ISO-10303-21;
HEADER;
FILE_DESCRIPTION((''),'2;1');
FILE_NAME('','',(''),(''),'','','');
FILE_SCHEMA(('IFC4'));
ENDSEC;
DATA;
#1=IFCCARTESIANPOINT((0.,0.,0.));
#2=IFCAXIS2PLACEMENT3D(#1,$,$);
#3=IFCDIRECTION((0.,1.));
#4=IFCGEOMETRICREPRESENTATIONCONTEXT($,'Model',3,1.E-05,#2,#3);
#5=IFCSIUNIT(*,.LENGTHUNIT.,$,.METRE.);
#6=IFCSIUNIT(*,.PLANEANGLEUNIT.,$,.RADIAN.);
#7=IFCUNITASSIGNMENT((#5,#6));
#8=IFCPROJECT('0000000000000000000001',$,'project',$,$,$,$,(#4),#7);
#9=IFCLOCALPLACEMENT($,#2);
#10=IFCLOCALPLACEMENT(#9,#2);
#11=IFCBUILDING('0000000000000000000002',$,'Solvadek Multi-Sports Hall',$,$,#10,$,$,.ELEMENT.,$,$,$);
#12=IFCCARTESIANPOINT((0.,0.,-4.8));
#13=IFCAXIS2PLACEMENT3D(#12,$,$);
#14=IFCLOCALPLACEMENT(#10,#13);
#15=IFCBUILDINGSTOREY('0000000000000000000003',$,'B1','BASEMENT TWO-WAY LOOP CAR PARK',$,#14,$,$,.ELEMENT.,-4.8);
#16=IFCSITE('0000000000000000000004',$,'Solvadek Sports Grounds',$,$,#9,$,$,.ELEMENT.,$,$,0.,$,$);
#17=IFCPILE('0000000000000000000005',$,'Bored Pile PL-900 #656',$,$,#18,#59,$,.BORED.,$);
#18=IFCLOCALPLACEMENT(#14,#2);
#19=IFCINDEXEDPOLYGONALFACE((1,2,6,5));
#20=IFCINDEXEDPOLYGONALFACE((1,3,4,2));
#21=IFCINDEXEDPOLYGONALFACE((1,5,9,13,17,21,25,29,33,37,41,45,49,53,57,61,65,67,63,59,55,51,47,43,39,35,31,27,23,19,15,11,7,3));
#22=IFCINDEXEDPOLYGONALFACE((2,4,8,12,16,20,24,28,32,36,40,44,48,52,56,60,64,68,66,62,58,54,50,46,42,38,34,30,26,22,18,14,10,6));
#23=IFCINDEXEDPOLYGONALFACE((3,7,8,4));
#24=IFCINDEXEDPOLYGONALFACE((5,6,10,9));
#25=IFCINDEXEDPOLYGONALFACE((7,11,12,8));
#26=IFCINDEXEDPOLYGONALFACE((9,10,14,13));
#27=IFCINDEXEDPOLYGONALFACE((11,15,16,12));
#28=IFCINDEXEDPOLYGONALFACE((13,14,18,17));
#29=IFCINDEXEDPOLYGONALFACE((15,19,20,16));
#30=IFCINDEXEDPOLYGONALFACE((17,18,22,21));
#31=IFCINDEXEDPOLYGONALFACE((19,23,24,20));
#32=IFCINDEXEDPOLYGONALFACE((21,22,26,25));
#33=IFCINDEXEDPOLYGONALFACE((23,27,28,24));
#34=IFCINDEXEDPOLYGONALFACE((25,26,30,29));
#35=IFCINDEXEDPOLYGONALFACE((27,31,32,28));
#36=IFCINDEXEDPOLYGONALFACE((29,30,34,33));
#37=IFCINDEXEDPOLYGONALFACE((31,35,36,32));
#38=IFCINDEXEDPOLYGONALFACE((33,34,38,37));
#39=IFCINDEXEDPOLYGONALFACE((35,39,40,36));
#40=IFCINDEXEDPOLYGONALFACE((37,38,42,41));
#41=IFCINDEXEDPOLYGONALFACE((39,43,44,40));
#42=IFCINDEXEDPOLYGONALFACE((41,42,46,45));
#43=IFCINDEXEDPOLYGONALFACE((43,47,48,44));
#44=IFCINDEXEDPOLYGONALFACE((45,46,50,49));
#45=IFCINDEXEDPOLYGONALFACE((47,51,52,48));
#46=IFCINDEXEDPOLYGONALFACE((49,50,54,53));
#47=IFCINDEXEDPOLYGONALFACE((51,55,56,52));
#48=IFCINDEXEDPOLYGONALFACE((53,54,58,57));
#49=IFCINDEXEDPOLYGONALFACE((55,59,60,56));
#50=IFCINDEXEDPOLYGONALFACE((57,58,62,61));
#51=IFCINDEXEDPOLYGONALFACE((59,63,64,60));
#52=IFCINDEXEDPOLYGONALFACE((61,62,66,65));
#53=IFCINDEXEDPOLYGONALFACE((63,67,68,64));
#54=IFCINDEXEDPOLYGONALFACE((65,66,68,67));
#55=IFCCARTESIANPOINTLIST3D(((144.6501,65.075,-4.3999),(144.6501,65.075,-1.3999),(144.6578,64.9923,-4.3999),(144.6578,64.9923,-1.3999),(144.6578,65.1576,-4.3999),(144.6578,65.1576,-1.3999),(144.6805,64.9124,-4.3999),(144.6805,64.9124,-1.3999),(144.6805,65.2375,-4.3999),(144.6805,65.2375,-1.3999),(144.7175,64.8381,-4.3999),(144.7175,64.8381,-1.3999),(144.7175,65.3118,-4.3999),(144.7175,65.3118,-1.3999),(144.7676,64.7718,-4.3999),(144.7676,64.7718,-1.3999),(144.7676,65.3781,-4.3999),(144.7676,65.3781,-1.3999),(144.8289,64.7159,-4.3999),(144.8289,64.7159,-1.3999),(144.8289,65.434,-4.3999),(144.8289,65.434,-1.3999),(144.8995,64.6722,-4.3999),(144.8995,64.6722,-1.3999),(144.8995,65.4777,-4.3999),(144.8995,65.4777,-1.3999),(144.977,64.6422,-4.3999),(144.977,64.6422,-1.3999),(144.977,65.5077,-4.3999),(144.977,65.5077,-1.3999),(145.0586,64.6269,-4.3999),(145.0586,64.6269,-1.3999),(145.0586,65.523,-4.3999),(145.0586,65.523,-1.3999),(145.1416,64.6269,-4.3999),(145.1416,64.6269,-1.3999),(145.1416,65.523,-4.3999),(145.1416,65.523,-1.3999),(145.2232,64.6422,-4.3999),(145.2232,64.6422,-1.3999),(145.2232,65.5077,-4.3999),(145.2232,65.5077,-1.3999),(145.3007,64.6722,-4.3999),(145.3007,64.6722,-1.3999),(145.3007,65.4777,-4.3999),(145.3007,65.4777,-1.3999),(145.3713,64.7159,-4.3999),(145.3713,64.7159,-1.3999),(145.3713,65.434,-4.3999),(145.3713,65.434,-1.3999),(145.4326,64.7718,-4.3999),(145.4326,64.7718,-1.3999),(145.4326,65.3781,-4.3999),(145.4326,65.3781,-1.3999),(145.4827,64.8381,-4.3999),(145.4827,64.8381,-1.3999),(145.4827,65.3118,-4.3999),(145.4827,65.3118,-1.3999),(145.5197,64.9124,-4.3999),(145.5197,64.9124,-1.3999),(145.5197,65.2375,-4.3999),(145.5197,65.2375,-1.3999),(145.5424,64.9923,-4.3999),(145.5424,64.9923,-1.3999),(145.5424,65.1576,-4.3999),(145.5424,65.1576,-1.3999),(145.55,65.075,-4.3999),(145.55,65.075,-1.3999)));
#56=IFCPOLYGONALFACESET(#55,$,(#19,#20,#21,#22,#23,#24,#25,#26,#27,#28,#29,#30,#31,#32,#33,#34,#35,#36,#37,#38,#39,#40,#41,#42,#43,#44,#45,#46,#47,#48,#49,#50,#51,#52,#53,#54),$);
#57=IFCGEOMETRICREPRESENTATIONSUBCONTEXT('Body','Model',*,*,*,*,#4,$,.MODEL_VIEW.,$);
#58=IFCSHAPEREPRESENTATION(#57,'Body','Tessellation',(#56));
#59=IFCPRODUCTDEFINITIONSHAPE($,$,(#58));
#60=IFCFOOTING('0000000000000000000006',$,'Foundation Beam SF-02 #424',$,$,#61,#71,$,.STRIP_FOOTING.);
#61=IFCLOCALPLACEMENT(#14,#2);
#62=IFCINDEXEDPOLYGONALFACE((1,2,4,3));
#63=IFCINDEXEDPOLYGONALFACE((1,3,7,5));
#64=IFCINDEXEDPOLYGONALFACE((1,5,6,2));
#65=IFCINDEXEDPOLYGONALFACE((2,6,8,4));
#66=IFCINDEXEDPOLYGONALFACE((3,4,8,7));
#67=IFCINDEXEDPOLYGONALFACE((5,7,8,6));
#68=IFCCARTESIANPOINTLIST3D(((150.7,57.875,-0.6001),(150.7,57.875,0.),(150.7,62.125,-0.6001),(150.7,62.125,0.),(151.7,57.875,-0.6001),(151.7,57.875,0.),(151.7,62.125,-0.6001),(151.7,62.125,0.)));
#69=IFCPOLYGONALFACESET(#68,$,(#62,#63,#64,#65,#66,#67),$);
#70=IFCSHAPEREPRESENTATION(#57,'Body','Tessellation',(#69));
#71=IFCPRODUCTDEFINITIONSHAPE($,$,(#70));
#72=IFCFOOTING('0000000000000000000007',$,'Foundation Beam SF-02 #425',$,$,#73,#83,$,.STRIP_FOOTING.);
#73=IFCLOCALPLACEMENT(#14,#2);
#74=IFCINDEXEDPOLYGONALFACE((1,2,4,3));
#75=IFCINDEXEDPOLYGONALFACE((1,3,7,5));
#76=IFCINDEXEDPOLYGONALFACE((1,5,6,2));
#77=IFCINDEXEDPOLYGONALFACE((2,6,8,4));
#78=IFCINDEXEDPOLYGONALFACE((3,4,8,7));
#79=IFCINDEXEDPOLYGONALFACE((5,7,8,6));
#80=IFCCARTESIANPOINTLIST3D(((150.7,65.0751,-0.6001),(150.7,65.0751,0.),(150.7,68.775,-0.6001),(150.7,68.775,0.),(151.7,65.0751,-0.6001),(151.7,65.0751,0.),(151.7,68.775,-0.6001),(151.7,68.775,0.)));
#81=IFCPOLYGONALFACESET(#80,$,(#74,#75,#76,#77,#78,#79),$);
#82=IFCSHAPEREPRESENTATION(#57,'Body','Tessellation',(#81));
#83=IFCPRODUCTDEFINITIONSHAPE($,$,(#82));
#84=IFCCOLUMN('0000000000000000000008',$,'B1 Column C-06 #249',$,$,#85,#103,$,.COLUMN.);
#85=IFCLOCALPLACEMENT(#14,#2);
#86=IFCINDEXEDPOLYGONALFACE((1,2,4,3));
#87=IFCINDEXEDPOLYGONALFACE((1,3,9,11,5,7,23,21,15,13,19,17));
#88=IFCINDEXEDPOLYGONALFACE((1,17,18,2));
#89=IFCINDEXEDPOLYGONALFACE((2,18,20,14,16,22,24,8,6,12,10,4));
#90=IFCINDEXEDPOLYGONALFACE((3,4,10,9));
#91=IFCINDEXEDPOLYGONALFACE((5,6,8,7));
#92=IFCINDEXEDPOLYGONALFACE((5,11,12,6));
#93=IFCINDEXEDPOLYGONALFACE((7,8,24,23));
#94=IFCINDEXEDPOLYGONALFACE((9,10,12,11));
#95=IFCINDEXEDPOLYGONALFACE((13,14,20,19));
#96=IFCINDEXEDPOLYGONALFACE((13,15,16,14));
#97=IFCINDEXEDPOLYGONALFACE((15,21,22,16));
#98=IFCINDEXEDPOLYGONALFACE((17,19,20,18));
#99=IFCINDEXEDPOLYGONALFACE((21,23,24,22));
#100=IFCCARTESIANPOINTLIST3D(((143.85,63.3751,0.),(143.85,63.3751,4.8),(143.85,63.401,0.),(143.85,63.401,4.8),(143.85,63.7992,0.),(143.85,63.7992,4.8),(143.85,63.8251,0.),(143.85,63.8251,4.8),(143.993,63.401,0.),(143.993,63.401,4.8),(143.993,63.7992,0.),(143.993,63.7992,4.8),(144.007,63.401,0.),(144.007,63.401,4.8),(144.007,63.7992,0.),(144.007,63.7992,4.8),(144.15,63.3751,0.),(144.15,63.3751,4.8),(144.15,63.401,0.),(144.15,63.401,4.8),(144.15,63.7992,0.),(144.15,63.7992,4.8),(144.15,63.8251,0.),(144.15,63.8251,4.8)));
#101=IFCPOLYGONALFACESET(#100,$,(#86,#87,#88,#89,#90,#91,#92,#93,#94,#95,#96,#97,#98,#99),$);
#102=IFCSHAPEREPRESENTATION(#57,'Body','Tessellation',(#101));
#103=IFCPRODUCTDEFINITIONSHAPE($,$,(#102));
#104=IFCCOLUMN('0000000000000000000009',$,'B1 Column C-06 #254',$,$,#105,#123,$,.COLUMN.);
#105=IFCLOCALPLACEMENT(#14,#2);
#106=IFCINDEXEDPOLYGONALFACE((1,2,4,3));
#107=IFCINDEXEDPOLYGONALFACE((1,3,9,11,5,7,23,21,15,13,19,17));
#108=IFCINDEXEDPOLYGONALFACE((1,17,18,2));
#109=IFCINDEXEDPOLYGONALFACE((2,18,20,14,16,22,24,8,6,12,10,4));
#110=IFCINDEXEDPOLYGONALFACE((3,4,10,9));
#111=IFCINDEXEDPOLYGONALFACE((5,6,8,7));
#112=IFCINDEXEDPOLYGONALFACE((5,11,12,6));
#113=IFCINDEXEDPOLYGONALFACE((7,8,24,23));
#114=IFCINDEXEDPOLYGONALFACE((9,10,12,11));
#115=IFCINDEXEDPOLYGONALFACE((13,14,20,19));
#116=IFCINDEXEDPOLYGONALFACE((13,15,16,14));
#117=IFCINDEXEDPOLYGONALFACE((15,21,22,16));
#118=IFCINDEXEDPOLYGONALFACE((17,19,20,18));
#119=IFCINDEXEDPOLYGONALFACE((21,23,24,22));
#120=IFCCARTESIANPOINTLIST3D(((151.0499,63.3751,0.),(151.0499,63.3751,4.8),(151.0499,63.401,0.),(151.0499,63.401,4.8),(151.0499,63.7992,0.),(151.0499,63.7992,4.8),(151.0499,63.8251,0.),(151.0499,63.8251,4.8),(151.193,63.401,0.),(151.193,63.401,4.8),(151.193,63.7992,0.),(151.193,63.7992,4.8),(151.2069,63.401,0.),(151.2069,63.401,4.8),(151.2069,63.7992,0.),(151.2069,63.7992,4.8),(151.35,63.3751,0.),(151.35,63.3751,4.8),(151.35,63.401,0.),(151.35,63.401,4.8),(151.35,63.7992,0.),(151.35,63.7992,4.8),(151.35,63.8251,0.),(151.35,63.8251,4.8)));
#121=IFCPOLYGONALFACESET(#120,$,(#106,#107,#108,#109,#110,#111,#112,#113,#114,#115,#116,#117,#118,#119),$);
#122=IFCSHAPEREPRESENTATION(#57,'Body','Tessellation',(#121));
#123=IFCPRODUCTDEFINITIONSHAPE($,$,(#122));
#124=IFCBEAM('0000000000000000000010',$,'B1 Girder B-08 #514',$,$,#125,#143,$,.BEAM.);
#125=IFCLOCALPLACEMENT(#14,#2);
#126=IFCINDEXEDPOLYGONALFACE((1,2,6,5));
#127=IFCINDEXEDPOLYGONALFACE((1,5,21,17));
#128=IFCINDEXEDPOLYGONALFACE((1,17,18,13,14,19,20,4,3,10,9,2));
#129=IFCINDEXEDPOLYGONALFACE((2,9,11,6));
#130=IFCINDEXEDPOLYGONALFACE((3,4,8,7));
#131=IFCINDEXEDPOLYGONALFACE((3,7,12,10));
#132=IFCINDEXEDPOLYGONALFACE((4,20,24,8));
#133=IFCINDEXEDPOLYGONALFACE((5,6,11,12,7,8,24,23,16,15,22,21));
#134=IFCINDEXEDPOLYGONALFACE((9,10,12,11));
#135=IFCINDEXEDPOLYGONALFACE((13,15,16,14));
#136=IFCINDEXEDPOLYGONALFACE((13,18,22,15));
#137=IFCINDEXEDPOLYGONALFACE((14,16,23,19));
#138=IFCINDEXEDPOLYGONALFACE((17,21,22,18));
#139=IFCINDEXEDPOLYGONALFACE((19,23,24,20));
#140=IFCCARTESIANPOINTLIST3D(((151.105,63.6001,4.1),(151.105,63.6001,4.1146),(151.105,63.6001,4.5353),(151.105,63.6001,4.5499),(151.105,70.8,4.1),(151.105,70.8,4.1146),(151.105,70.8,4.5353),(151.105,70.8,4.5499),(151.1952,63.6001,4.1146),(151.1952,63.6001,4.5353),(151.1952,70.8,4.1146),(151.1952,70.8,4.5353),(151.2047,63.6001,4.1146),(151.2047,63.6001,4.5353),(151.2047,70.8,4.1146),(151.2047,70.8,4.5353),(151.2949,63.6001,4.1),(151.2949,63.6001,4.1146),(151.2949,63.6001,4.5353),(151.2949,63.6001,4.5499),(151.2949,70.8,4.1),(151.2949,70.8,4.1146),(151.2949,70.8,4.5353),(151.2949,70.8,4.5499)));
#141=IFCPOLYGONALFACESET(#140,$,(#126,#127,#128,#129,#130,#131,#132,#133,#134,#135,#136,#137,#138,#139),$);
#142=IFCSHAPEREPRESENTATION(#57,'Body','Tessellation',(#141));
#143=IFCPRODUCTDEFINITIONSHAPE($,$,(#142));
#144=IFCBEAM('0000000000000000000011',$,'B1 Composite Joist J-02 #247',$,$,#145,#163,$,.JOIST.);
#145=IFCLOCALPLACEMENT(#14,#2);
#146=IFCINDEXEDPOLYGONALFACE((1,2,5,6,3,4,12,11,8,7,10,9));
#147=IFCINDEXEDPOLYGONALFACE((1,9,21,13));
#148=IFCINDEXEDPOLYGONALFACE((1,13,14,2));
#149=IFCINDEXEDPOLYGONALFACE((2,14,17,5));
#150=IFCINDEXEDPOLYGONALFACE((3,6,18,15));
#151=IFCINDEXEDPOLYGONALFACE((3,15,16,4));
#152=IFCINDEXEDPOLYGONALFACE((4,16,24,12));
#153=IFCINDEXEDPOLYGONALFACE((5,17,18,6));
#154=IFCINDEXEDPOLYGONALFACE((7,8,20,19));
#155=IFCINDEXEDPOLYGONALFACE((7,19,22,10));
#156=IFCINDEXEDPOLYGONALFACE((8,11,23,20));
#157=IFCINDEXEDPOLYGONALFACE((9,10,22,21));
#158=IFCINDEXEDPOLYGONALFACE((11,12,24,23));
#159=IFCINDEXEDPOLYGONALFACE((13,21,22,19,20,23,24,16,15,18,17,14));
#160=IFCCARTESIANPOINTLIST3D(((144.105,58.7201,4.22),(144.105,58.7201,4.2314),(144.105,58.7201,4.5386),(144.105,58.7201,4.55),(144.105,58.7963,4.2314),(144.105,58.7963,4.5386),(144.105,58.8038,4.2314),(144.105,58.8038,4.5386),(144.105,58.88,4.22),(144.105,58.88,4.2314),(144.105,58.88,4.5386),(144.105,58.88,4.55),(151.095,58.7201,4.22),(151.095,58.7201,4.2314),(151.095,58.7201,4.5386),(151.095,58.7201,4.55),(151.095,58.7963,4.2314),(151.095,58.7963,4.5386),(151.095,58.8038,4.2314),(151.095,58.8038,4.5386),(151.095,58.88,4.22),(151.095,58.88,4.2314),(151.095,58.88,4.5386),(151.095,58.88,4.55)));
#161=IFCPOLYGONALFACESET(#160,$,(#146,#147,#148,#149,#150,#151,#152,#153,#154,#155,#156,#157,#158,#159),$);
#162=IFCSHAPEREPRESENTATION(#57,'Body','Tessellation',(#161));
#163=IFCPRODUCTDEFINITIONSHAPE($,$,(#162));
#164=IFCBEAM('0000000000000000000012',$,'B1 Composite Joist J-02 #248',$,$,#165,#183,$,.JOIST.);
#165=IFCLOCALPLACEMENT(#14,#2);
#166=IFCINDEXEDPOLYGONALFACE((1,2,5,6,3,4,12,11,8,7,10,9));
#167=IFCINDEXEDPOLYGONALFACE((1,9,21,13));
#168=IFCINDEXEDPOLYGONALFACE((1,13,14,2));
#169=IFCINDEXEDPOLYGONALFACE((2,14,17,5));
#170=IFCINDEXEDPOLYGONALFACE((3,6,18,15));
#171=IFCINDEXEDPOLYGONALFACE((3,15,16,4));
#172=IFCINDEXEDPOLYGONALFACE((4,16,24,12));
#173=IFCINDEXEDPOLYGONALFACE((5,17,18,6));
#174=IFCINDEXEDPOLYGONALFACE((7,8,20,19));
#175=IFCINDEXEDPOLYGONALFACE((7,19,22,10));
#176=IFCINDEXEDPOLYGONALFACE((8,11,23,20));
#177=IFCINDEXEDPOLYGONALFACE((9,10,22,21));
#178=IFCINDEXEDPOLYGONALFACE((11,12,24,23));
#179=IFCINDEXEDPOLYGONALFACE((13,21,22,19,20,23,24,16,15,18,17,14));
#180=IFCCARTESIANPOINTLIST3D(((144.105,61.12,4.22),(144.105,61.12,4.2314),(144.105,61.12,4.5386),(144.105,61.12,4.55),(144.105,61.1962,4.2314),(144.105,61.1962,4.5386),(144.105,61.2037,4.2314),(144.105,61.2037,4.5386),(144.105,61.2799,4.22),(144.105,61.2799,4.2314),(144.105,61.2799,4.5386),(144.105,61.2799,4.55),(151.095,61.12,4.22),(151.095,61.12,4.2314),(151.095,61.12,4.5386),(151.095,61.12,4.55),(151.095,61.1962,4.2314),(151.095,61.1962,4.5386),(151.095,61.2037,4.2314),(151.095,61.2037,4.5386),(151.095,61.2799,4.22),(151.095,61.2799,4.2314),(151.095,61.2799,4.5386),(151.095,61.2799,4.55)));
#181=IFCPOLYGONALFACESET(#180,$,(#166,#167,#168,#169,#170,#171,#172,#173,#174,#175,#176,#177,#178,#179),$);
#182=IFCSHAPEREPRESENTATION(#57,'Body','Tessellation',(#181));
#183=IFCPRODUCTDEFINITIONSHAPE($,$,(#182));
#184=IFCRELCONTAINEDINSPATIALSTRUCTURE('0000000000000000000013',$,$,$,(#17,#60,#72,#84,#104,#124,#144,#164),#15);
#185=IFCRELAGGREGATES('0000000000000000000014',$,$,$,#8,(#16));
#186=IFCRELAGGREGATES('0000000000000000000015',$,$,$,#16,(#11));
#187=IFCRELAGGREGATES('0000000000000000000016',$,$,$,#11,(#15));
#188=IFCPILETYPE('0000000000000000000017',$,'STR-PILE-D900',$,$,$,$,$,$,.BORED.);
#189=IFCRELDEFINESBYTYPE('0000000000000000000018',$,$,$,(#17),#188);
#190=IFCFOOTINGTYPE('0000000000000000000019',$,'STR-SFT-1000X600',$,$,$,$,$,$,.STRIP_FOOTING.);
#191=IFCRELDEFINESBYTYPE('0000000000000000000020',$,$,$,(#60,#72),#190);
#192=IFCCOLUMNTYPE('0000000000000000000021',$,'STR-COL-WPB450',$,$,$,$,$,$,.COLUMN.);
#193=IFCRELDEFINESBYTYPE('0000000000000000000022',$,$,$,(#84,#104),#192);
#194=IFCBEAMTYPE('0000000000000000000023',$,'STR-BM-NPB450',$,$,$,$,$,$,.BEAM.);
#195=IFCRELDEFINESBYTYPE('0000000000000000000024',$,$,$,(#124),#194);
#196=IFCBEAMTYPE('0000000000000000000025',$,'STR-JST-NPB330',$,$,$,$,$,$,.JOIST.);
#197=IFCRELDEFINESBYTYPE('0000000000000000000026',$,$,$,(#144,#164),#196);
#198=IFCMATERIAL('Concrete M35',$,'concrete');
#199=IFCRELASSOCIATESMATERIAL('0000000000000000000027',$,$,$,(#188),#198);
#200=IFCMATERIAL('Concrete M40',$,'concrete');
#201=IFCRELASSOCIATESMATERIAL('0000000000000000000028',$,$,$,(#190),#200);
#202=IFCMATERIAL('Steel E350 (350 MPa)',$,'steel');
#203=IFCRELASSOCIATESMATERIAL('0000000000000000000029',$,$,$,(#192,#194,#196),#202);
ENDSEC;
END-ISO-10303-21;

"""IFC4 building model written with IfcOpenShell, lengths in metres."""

from ifc_helpers import new_model, si_unit, direction, frame, origin, origin_2d, place, context, subcontext, project, spatial, rectangle, circle, i_section, extrude, material, material_profile, profile_set, type_object, element, save


model = new_model("IFC4")

# Units and contexts
model_context = context("Model", 3, precision=1e-05, world=origin(), true_north=direction((0.0, 1.0)))
body_context = subcontext(model_context, "Body", "Model", "MODEL_VIEW")
ifc_project = project(units=[si_unit("LENGTHUNIT", "METRE"), si_unit("PLANEANGLEUNIT", "RADIAN")], contexts=[model_context])

# Site, building, storey
site_placement = place(None, origin())
site = spatial("IfcSite", under=ifc_project, at=site_placement, Name="Solvadek Sports Grounds", CompositionType="ELEMENT", RefElevation=0.0)
building_placement = place(site_placement, origin())
building = spatial("IfcBuilding", under=site, at=building_placement, Name="Solvadek Multi-Sports Hall", CompositionType="ELEMENT")
storey_placement = place(building_placement, frame((0.0, 0.0, -4.8)))
storey = spatial("IfcBuildingStorey", under=building, at=storey_placement, Name="B1", Description="BASEMENT TWO-WAY LOOP CAR PARK", CompositionType="ELEMENT", Elevation=-4.8)

# Shared definitions
ifc_material_1 = material(Name="Concrete M40", Category="concrete")

# Pile
ifc_material_2 = material(Name="Concrete M35", Category="concrete")
ifc_material_profile_1 = material_profile(ifc_material_2, circle(Radius=0.45, at=origin_2d()), Name="BORED PILE D900")
ifc_profile_set_1 = profile_set([ifc_material_profile_1], Name="Concrete M35")
pile_type_1 = type_object("IfcPileType", Name="STR-PILE-D900", PredefinedType="BORED", material=ifc_profile_set_1)
for number, where, z_axis, x_axis, name in (
    (1, (145.1001, 65.075, -1.3999), (0.0, 0.0, -1.0), (1.0, 0.0, 0.0), "Bored Pile PL-900 #656"),
):
    element("IfcPile", number, at=place(storey_placement, frame(where, z_axis=z_axis, x_axis=x_axis)), inside=storey, type_object=pile_type_1, Name=name, PredefinedType="BORED", context=body_context, shape_type="SweptSolid", body=[
        extrude(circle(Radius=0.45, at=origin_2d()), origin(), (0.0, 0.0, 1.0), 3.0),
    ])

# Footings
footing_type_1 = type_object("IfcFootingType", Name="STR-SFT-1000X600", PredefinedType="STRIP_FOOTING", material=ifc_material_1)
footing_1_placement = place(storey_placement, frame((151.2, 60.0, -0.6001), z_axis=(0.0, 0.0, 1.0), x_axis=(0.0, 1.0, 0.0)))
element("IfcFooting", 2, at=footing_1_placement, inside=storey, type_object=footing_type_1, Name="Foundation Beam SF-02 #424", PredefinedType="STRIP_FOOTING", context=body_context, shape_type="SweptSolid", body=[
    extrude(rectangle(XDim=4.25, YDim=1.0, at=origin_2d()), origin(), (0.0, 0.0, 1.0), 0.6001),
])
footing_2_placement = place(storey_placement, frame((151.2, 66.925, -0.6001), z_axis=(0.0, 0.0, 1.0), x_axis=(0.0, 1.0, 0.0)))
element("IfcFooting", 3, at=footing_2_placement, inside=storey, type_object=footing_type_1, Name="Foundation Beam SF-02 #425", PredefinedType="STRIP_FOOTING", context=body_context, shape_type="SweptSolid", body=[
    extrude(rectangle(XDim=3.7, YDim=1.0, at=origin_2d()), origin(), (0.0, 0.0, 1.0), 0.6001),
])

# Columns
ifc_material_3 = material(Name="Steel E350 (350 MPa)", Category="steel")
ifc_material_profile_2 = material_profile(ifc_material_3, i_section(OverallWidth=0.3, OverallDepth=0.45, WebThickness=0.0139, FlangeThickness=0.0259, at=origin_2d()), Name="WPB 450")
ifc_profile_set_2 = profile_set([ifc_material_profile_2], Name="Steel E350 (350 MPa)")
column_type = type_object("IfcColumnType", Name="STR-COL-WPB450", PredefinedType="COLUMN", material=ifc_profile_set_2)
for number, where, z_axis, x_axis, name in (
    (4, (144.0, 63.6001, 0.0), (0.0, 0.0, 1.0), (1.0, 0.0, 0.0), "B1 Column C-06 #249"),
    (5, (151.2, 63.6001, 0.0), (0.0, 0.0, 1.0), (1.0, 0.0, 0.0), "B1 Column C-06 #254"),
):
    element("IfcColumn", number, at=place(storey_placement, frame(where, z_axis=z_axis, x_axis=x_axis)), inside=storey, type_object=column_type, Name=name, PredefinedType="COLUMN", context=body_context, shape_type="SweptSolid", body=[
        extrude(i_section(OverallWidth=0.3, OverallDepth=0.45, WebThickness=0.0139, FlangeThickness=0.0259, at=origin_2d()), origin(), (0.0, 0.0, 1.0), 4.8),
    ])

# Beams
ifc_material_profile_3 = material_profile(ifc_material_3, i_section(OverallWidth=0.1899, OverallDepth=0.45, WebThickness=0.0095, FlangeThickness=0.0146, at=origin_2d()), Name="NPB 450")
ifc_profile_set_3 = profile_set([ifc_material_profile_3], Name="Steel E350 (350 MPa)")
beam_type_1 = type_object("IfcBeamType", Name="STR-BM-NPB450", PredefinedType="BEAM", material=ifc_profile_set_3)
beam_1_placement = place(storey_placement, frame((151.2, 63.6001, 4.325), z_axis=(0.0, 1.0, 0.0), x_axis=(-1.0, 0.0, 0.0)))
element("IfcBeam", 6, at=beam_1_placement, inside=storey, type_object=beam_type_1, Name="B1 Girder B-08 #514", PredefinedType="BEAM", context=body_context, shape_type="SweptSolid", body=[
    extrude(i_section(OverallWidth=0.1899, OverallDepth=0.45, WebThickness=0.0095, FlangeThickness=0.0146, at=origin_2d()), origin(), (0.0, 0.0, 1.0), 7.2),
])
ifc_material_profile_4 = material_profile(ifc_material_3, i_section(OverallWidth=0.1599, OverallDepth=0.3301, WebThickness=0.0076, FlangeThickness=0.0115, at=origin_2d()), Name="NPB 330")
ifc_profile_set_4 = profile_set([ifc_material_profile_4], Name="Steel E350 (350 MPa)")
beam_type_2 = type_object("IfcBeamType", Name="STR-JST-NPB330", PredefinedType="JOIST", material=ifc_profile_set_4)
for number, where, z_axis, x_axis, name in (
    (7, (144.105, 58.8, 4.385), (1.0, 0.0, 0.0), (0.0, 1.0, 0.0), "B1 Composite Joist J-02 #247"),
    (8, (144.105, 61.2, 4.385), (1.0, 0.0, 0.0), (0.0, 1.0, 0.0), "B1 Composite Joist J-02 #248"),
):
    element("IfcBeam", number, at=place(storey_placement, frame(where, z_axis=z_axis, x_axis=x_axis)), inside=storey, type_object=beam_type_2, Name=name, PredefinedType="JOIST", context=body_context, shape_type="SweptSolid", body=[
        extrude(i_section(OverallWidth=0.1599, OverallDepth=0.3301, WebThickness=0.0076, FlangeThickness=0.0115, at=origin_2d()), origin(), (0.0, 0.0, 1.0), 6.99),
    ])

save(model, "model.ifc")
